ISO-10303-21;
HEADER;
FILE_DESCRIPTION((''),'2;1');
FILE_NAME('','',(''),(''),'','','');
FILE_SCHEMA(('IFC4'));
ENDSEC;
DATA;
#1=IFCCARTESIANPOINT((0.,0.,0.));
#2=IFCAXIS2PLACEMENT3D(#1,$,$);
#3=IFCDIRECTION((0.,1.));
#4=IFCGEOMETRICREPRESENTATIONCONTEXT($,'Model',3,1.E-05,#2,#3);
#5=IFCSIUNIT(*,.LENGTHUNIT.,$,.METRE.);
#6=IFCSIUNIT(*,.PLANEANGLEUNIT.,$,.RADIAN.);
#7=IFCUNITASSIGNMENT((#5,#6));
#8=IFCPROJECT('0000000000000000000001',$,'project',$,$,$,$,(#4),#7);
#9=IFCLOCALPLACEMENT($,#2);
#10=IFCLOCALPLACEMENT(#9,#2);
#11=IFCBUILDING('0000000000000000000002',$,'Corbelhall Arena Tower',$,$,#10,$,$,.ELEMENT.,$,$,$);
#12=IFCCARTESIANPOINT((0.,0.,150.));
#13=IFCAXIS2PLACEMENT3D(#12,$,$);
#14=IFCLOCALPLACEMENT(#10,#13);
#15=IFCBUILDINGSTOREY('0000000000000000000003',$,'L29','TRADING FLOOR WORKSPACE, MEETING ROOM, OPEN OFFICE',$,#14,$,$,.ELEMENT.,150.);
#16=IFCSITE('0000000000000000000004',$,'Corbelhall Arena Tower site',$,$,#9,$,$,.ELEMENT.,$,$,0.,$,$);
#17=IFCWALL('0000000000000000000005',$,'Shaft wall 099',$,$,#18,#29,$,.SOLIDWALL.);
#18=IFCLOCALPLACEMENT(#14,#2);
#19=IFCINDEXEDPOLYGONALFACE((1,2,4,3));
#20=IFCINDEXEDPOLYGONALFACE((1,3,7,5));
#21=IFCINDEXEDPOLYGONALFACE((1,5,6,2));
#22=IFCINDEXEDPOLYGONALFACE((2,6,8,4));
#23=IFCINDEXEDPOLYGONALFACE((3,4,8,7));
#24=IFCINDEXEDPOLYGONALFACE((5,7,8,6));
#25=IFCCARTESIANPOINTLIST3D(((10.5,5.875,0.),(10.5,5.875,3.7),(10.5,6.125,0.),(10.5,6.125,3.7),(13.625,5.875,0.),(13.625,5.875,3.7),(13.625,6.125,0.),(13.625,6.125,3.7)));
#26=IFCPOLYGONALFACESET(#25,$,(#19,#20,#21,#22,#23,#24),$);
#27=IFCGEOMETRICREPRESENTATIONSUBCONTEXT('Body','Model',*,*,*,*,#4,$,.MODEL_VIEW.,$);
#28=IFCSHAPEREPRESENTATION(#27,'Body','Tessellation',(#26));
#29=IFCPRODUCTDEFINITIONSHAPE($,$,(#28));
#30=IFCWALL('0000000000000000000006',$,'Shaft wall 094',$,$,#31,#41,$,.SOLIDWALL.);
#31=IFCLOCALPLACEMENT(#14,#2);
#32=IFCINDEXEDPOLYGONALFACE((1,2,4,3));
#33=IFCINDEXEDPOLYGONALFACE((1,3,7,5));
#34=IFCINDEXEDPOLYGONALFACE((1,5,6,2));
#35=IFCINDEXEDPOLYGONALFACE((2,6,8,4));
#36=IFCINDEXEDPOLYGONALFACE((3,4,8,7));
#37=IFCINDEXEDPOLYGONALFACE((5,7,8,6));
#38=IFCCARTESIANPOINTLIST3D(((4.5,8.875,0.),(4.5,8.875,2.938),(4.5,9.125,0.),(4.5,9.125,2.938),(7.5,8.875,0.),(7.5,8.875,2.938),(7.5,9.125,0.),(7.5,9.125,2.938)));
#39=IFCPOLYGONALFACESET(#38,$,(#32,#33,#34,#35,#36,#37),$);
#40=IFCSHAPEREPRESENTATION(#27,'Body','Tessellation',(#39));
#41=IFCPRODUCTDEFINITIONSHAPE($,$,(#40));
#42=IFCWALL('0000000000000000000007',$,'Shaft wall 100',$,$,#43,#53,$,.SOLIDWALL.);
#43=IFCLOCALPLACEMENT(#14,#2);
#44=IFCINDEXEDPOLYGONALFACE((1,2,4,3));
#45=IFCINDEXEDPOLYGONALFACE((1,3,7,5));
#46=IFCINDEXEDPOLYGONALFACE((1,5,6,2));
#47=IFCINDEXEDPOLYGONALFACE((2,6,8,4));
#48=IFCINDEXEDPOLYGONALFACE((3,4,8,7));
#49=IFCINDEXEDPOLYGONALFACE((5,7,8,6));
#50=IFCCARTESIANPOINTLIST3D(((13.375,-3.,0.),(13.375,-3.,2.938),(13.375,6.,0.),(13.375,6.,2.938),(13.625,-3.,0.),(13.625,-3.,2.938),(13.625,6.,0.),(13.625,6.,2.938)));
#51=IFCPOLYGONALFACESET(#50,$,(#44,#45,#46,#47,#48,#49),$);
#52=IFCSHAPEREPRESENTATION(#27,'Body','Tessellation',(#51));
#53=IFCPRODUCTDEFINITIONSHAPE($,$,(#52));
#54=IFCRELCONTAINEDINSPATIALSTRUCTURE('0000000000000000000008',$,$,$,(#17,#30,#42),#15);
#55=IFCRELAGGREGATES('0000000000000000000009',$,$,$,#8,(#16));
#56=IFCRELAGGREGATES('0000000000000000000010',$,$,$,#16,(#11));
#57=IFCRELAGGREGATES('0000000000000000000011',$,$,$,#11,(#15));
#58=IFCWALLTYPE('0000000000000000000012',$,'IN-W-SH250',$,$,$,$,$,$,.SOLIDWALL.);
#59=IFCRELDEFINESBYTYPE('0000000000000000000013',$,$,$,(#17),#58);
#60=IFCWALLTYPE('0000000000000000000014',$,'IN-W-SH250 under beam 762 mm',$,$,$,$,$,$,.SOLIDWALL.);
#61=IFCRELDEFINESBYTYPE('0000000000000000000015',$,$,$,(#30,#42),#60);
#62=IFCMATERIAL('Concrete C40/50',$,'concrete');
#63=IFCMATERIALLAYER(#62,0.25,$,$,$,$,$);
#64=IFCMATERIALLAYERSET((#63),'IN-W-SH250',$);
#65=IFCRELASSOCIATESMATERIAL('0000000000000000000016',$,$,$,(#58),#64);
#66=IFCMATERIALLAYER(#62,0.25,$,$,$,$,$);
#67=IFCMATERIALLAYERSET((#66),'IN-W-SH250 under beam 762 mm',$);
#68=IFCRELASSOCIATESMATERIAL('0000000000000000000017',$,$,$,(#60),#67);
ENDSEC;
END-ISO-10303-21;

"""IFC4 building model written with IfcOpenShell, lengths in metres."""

from ifc_helpers import new_model, si_unit, direction, frame, frame_2d, origin, place, context, subcontext, project, spatial, rectangle, extrude, material, layer, layer_set, type_object, element, save


model = new_model("IFC4")

# Units and contexts
model_context = context("Model", 3, precision=1e-05, world=origin(), true_north=direction((0.0, 1.0)))
body_context = subcontext(model_context, "Body", "Model", "MODEL_VIEW")
ifc_project = project(units=[si_unit("LENGTHUNIT", "METRE"), si_unit("PLANEANGLEUNIT", "RADIAN")], contexts=[model_context])

# Site, building, storey
site_placement = place(None, origin())
site = spatial("IfcSite", under=ifc_project, at=site_placement, Name="Corbelhall Arena Tower site", CompositionType="ELEMENT", RefElevation=0.0)
building_placement = place(site_placement, origin())
building = spatial("IfcBuilding", under=site, at=building_placement, Name="Corbelhall Arena Tower", CompositionType="ELEMENT")
storey_placement = place(building_placement, frame((0.0, 0.0, 150.0)))
storey = spatial("IfcBuildingStorey", under=building, at=storey_placement, Name="L29", Description="TRADING FLOOR WORKSPACE, MEETING ROOM, OPEN OFFICE", CompositionType="ELEMENT", Elevation=150.0)

# Shared definitions
ifc_material_1 = material(Name="Concrete C40/50", Category="concrete")
ifc_layer_1 = layer(ifc_material_1, 0.25)
ifc_layer_set_1 = layer_set([ifc_layer_1], Name="IN-W-SH250")
wall_type_1 = type_object("IfcWallType", Name="IN-W-SH250", PredefinedType="SOLIDWALL", material=ifc_layer_set_1)

# Walls
wall_1_placement = place(storey_placement, frame((10.5, 6.0, 0.0), z_axis=(0.0, 0.0, 1.0), x_axis=(1.0, 0.0, 0.0)))
element("IfcWall", 1, at=wall_1_placement, inside=storey, type_object=wall_type_1, Name="Shaft wall 099", PredefinedType="SOLIDWALL", context=body_context, shape_type="SweptSolid", body=[
    extrude(rectangle(XDim=3.125, YDim=0.25, at=frame_2d((1.5625, 0.0))), origin(), (0.0, 0.0, 1.0), 3.7),
])
ifc_layer_2 = layer(ifc_material_1, 0.25)
ifc_layer_set_2 = layer_set([ifc_layer_2], Name="IN-W-SH250 under beam 762 mm")
wall_type_2 = type_object("IfcWallType", Name="IN-W-SH250 under beam 762 mm", PredefinedType="SOLIDWALL", material=ifc_layer_set_2)
wall_2_placement = place(storey_placement, frame((4.5, 9.0, 0.0), z_axis=(0.0, 0.0, 1.0), x_axis=(1.0, 0.0, 0.0)))
element("IfcWall", 2, at=wall_2_placement, inside=storey, type_object=wall_type_2, Name="Shaft wall 094", PredefinedType="SOLIDWALL", context=body_context, shape_type="SweptSolid", body=[
    extrude(rectangle(XDim=3.0, YDim=0.25, at=frame_2d((1.5, 0.0))), origin(), (0.0, 0.0, 1.0), 2.938),
])
wall_3_placement = place(storey_placement, frame((13.5, 6.0, 0.0), z_axis=(0.0, 0.0, 1.0), x_axis=(0.0, -1.0, 0.0)))
element("IfcWall", 3, at=wall_3_placement, inside=storey, type_object=wall_type_2, Name="Shaft wall 100", PredefinedType="SOLIDWALL", context=body_context, shape_type="SweptSolid", body=[
    extrude(rectangle(XDim=9.0, YDim=0.25, at=frame_2d((4.5, 0.0))), origin(), (0.0, 0.0, 1.0), 2.938),
])

save(model, "model.ifc")
